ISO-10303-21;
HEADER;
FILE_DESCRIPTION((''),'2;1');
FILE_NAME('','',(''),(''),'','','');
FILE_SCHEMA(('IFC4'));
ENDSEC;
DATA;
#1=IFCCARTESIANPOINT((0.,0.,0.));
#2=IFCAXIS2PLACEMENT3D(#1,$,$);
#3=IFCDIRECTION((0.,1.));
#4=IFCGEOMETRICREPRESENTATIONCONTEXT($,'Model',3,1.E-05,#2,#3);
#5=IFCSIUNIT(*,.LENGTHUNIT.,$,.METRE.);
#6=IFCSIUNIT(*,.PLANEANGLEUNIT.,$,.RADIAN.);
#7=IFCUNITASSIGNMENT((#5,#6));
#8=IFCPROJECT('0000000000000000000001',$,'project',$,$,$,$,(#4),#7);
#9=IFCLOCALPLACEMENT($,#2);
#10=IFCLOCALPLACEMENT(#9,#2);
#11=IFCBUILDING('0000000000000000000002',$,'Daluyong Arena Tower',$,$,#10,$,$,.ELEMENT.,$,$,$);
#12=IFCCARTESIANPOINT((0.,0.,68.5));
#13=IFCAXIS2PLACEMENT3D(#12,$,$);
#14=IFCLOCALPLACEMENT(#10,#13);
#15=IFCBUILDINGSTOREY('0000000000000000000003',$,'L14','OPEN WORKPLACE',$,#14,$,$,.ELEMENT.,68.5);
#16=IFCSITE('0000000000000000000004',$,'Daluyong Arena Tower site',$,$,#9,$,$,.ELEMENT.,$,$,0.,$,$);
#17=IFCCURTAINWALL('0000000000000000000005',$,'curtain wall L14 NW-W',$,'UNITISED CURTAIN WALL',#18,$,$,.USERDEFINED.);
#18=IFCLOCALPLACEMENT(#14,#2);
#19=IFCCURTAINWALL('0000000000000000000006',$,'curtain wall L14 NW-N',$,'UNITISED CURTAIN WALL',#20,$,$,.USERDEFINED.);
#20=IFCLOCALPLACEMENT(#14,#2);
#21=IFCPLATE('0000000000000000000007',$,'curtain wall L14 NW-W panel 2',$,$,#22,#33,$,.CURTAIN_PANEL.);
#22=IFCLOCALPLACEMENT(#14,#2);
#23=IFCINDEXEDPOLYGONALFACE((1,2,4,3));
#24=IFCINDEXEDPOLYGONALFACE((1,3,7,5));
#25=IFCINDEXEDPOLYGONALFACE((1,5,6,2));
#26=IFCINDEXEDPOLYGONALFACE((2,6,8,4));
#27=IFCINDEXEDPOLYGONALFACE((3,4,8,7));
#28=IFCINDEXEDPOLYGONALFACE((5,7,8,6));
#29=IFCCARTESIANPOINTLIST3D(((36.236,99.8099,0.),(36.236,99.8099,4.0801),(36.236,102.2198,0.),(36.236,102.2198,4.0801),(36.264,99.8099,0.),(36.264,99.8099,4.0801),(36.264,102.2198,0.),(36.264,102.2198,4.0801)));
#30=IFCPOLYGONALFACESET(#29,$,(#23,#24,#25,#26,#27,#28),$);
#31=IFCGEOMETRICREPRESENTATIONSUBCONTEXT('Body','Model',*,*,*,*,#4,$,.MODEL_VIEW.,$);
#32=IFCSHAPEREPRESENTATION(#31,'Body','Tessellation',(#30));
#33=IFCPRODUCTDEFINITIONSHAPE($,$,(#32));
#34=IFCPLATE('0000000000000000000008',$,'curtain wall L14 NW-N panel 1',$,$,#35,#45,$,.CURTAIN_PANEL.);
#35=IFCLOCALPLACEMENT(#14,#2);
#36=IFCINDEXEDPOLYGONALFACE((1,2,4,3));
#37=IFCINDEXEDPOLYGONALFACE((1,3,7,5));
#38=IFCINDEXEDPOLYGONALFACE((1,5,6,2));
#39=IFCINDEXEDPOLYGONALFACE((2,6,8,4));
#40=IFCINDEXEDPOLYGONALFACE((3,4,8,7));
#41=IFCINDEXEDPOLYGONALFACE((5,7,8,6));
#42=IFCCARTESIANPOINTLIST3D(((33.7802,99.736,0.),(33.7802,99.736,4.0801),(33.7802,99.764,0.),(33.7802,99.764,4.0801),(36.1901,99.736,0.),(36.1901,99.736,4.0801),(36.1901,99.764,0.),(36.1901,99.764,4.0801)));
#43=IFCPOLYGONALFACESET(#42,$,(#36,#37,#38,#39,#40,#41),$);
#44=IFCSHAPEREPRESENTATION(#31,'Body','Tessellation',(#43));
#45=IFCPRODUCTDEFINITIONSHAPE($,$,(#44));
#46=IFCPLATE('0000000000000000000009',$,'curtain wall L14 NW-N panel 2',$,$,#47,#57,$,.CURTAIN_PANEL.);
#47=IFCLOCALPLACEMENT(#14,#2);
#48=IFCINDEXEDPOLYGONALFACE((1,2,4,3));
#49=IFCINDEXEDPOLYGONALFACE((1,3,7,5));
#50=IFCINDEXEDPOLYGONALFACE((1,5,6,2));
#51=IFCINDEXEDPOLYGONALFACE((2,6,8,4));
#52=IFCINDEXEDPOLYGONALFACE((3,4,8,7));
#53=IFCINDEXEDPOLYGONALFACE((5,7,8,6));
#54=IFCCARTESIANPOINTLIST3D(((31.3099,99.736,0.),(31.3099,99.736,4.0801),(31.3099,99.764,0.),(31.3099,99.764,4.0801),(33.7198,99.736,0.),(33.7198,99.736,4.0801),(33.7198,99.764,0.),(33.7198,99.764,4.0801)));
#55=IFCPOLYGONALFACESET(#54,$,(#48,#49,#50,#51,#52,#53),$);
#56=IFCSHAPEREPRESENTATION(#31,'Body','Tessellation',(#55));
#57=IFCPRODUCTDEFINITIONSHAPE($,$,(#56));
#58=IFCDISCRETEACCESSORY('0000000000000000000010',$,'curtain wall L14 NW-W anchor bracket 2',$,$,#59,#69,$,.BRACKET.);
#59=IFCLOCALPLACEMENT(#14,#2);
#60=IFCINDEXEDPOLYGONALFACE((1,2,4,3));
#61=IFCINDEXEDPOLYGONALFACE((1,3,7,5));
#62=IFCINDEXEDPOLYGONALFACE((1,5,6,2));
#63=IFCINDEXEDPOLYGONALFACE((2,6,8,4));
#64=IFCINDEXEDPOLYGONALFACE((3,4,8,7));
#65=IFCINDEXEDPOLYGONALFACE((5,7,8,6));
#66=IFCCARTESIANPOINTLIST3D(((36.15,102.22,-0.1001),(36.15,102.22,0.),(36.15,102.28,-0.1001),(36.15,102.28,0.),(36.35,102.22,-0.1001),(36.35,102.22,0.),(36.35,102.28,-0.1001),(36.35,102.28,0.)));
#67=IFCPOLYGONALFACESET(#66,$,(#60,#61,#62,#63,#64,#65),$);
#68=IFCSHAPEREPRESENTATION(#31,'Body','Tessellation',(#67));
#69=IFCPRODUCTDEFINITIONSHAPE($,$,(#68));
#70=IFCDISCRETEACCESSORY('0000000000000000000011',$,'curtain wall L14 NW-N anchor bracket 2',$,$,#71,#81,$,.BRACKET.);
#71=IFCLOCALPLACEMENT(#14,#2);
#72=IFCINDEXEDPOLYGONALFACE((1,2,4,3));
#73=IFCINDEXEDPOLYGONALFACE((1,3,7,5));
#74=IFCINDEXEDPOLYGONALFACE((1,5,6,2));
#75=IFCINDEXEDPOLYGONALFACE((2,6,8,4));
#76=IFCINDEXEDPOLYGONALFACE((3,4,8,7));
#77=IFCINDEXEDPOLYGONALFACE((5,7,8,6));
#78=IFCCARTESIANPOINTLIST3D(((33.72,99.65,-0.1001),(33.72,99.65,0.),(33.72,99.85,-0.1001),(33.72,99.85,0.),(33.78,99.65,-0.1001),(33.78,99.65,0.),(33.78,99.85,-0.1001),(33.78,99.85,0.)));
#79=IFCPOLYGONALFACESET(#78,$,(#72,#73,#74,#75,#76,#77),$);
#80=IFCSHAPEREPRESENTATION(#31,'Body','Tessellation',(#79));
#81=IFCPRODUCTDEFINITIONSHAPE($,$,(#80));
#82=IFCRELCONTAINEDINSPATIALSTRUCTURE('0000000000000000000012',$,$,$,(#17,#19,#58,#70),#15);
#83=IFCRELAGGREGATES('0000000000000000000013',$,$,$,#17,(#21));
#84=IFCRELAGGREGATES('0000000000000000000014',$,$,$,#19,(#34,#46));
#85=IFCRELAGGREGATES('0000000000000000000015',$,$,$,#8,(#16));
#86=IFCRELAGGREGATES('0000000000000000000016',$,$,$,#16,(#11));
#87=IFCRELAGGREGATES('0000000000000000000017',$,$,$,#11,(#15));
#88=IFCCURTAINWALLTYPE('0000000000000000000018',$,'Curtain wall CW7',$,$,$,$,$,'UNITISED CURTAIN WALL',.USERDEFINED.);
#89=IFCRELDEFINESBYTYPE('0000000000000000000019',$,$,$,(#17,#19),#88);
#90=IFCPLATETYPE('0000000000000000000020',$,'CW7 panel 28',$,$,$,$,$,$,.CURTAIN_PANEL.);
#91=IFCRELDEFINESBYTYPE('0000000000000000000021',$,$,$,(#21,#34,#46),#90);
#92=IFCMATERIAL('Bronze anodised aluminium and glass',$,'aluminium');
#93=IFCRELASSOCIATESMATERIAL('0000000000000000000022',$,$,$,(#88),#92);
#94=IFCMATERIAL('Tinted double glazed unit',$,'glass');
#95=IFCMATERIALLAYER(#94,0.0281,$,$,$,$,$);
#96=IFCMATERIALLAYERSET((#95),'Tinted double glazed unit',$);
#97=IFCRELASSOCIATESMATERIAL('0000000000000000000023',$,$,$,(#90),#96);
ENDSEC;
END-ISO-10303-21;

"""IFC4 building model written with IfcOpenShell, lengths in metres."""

from ifc_helpers import new_model, si_unit, direction, frame, origin, origin_2d, place, context, subcontext, project, spatial, rectangle, extrude, material, layer, layer_set, type_object, element, aggregate, save


model = new_model("IFC4")

# Units and contexts
model_context = context("Model", 3, precision=1e-05, world=origin(), true_north=direction((0.0, 1.0)))
body_context = subcontext(model_context, "Body", "Model", "MODEL_VIEW")
ifc_project = project(units=[si_unit("LENGTHUNIT", "METRE"), si_unit("PLANEANGLEUNIT", "RADIAN")], contexts=[model_context])

# Site, building, storey
site_placement = place(None, origin())
site = spatial("IfcSite", under=ifc_project, at=site_placement, Name="Daluyong Arena Tower site", CompositionType="ELEMENT", RefElevation=0.0)
building_placement = place(site_placement, origin())
building = spatial("IfcBuilding", under=site, at=building_placement, Name="Daluyong Arena Tower", CompositionType="ELEMENT")
storey_placement = place(building_placement, frame((0.0, 0.0, 68.5)))
storey = spatial("IfcBuildingStorey", under=building, at=storey_placement, Name="L14", Description="OPEN WORKPLACE", CompositionType="ELEMENT", Elevation=68.5)

# Curtain walls
ifc_material_1 = material(Name="Bronze anodised aluminium and glass", Category="aluminium")
curtain_wall_type_1 = type_object("IfcCurtainWallType", Name="Curtain wall CW7", ElementType="UNITISED CURTAIN WALL", PredefinedType="USERDEFINED", material=ifc_material_1)
curtain_wall_1_placement = place(storey_placement, origin())
curtain_wall_1 = element("IfcCurtainWall", 1, at=curtain_wall_1_placement, inside=storey, type_object=curtain_wall_type_1, Name="curtain wall L14 NW-W", ObjectType="UNITISED CURTAIN WALL", PredefinedType="USERDEFINED")
curtain_wall_2_placement = place(storey_placement, origin())
curtain_wall_2 = element("IfcCurtainWall", 2, at=curtain_wall_2_placement, inside=storey, type_object=curtain_wall_type_1, Name="curtain wall L14 NW-N", ObjectType="UNITISED CURTAIN WALL", PredefinedType="USERDEFINED")

# Plates
ifc_material_2 = material(Name="Tinted double glazed unit", Category="glass")
ifc_layer = layer(ifc_material_2, 0.0281)
ifc_layer_set = layer_set([ifc_layer], Name="Tinted double glazed unit")
plate_type = type_object("IfcPlateType", Name="CW7 panel 28", PredefinedType="CURTAIN_PANEL", material=ifc_layer_set)
plate_1_placement = place(storey_placement, frame((36.25, 101.0149, 0.0), z_axis=(0.0, 0.0, 1.0), x_axis=(0.0, -1.0, 0.0)))
plate_1 = element("IfcPlate", 3, at=plate_1_placement, type_object=plate_type, Name="curtain wall L14 NW-W panel 2", PredefinedType="CURTAIN_PANEL", context=body_context, shape_type="SweptSolid", body=[
    extrude(rectangle(XDim=2.4099, YDim=0.0281, at=origin_2d()), origin(), (0.0, 0.0, 1.0), 4.0801),
])
aggregate(curtain_wall_1, [plate_1])
plate_2_placement = place(storey_placement, frame((34.9851, 99.75, 0.0), z_axis=(0.0, 0.0, 1.0), x_axis=(-1.0, 0.0, 0.0)))
plate_2 = element("IfcPlate", 4, at=plate_2_placement, type_object=plate_type, Name="curtain wall L14 NW-N panel 1", PredefinedType="CURTAIN_PANEL", context=body_context, shape_type="SweptSolid", body=[
    extrude(rectangle(XDim=2.4099, YDim=0.0281, at=origin_2d()), origin(), (0.0, 0.0, 1.0), 4.0801),
])
plate_3_placement = place(storey_placement, frame((32.5149, 99.75, 0.0), z_axis=(0.0, 0.0, 1.0), x_axis=(-1.0, 0.0, 0.0)))
plate_3 = element("IfcPlate", 5, at=plate_3_placement, type_object=plate_type, Name="curtain wall L14 NW-N panel 2", PredefinedType="CURTAIN_PANEL", context=body_context, shape_type="SweptSolid", body=[
    extrude(rectangle(XDim=2.4099, YDim=0.0281, at=origin_2d()), origin(), (0.0, 0.0, 1.0), 4.0801),
])
aggregate(curtain_wall_2, [plate_2, plate_3])

# Discrete accessories
for number, where, z_axis, x_axis, name in (
    (6, (36.25, 102.25, -0.1001), (0.0, 0.0, 1.0), (0.0, -1.0, 0.0), "curtain wall L14 NW-W anchor bracket 2"),
    (7, (33.75, 99.75, -0.1001), (0.0, 0.0, 1.0), (-1.0, 0.0, 0.0), "curtain wall L14 NW-N anchor bracket 2"),
):
    element("IfcDiscreteAccessory", number, at=place(storey_placement, frame(where, z_axis=z_axis, x_axis=x_axis)), inside=storey, Name=name, PredefinedType="BRACKET", context=body_context, shape_type="SweptSolid", body=[
        extrude(rectangle(XDim=0.0601, YDim=0.2, at=origin_2d()), origin(), (0.0, 0.0, 1.0), 0.1001),
    ])

save(model, "model.ifc")
